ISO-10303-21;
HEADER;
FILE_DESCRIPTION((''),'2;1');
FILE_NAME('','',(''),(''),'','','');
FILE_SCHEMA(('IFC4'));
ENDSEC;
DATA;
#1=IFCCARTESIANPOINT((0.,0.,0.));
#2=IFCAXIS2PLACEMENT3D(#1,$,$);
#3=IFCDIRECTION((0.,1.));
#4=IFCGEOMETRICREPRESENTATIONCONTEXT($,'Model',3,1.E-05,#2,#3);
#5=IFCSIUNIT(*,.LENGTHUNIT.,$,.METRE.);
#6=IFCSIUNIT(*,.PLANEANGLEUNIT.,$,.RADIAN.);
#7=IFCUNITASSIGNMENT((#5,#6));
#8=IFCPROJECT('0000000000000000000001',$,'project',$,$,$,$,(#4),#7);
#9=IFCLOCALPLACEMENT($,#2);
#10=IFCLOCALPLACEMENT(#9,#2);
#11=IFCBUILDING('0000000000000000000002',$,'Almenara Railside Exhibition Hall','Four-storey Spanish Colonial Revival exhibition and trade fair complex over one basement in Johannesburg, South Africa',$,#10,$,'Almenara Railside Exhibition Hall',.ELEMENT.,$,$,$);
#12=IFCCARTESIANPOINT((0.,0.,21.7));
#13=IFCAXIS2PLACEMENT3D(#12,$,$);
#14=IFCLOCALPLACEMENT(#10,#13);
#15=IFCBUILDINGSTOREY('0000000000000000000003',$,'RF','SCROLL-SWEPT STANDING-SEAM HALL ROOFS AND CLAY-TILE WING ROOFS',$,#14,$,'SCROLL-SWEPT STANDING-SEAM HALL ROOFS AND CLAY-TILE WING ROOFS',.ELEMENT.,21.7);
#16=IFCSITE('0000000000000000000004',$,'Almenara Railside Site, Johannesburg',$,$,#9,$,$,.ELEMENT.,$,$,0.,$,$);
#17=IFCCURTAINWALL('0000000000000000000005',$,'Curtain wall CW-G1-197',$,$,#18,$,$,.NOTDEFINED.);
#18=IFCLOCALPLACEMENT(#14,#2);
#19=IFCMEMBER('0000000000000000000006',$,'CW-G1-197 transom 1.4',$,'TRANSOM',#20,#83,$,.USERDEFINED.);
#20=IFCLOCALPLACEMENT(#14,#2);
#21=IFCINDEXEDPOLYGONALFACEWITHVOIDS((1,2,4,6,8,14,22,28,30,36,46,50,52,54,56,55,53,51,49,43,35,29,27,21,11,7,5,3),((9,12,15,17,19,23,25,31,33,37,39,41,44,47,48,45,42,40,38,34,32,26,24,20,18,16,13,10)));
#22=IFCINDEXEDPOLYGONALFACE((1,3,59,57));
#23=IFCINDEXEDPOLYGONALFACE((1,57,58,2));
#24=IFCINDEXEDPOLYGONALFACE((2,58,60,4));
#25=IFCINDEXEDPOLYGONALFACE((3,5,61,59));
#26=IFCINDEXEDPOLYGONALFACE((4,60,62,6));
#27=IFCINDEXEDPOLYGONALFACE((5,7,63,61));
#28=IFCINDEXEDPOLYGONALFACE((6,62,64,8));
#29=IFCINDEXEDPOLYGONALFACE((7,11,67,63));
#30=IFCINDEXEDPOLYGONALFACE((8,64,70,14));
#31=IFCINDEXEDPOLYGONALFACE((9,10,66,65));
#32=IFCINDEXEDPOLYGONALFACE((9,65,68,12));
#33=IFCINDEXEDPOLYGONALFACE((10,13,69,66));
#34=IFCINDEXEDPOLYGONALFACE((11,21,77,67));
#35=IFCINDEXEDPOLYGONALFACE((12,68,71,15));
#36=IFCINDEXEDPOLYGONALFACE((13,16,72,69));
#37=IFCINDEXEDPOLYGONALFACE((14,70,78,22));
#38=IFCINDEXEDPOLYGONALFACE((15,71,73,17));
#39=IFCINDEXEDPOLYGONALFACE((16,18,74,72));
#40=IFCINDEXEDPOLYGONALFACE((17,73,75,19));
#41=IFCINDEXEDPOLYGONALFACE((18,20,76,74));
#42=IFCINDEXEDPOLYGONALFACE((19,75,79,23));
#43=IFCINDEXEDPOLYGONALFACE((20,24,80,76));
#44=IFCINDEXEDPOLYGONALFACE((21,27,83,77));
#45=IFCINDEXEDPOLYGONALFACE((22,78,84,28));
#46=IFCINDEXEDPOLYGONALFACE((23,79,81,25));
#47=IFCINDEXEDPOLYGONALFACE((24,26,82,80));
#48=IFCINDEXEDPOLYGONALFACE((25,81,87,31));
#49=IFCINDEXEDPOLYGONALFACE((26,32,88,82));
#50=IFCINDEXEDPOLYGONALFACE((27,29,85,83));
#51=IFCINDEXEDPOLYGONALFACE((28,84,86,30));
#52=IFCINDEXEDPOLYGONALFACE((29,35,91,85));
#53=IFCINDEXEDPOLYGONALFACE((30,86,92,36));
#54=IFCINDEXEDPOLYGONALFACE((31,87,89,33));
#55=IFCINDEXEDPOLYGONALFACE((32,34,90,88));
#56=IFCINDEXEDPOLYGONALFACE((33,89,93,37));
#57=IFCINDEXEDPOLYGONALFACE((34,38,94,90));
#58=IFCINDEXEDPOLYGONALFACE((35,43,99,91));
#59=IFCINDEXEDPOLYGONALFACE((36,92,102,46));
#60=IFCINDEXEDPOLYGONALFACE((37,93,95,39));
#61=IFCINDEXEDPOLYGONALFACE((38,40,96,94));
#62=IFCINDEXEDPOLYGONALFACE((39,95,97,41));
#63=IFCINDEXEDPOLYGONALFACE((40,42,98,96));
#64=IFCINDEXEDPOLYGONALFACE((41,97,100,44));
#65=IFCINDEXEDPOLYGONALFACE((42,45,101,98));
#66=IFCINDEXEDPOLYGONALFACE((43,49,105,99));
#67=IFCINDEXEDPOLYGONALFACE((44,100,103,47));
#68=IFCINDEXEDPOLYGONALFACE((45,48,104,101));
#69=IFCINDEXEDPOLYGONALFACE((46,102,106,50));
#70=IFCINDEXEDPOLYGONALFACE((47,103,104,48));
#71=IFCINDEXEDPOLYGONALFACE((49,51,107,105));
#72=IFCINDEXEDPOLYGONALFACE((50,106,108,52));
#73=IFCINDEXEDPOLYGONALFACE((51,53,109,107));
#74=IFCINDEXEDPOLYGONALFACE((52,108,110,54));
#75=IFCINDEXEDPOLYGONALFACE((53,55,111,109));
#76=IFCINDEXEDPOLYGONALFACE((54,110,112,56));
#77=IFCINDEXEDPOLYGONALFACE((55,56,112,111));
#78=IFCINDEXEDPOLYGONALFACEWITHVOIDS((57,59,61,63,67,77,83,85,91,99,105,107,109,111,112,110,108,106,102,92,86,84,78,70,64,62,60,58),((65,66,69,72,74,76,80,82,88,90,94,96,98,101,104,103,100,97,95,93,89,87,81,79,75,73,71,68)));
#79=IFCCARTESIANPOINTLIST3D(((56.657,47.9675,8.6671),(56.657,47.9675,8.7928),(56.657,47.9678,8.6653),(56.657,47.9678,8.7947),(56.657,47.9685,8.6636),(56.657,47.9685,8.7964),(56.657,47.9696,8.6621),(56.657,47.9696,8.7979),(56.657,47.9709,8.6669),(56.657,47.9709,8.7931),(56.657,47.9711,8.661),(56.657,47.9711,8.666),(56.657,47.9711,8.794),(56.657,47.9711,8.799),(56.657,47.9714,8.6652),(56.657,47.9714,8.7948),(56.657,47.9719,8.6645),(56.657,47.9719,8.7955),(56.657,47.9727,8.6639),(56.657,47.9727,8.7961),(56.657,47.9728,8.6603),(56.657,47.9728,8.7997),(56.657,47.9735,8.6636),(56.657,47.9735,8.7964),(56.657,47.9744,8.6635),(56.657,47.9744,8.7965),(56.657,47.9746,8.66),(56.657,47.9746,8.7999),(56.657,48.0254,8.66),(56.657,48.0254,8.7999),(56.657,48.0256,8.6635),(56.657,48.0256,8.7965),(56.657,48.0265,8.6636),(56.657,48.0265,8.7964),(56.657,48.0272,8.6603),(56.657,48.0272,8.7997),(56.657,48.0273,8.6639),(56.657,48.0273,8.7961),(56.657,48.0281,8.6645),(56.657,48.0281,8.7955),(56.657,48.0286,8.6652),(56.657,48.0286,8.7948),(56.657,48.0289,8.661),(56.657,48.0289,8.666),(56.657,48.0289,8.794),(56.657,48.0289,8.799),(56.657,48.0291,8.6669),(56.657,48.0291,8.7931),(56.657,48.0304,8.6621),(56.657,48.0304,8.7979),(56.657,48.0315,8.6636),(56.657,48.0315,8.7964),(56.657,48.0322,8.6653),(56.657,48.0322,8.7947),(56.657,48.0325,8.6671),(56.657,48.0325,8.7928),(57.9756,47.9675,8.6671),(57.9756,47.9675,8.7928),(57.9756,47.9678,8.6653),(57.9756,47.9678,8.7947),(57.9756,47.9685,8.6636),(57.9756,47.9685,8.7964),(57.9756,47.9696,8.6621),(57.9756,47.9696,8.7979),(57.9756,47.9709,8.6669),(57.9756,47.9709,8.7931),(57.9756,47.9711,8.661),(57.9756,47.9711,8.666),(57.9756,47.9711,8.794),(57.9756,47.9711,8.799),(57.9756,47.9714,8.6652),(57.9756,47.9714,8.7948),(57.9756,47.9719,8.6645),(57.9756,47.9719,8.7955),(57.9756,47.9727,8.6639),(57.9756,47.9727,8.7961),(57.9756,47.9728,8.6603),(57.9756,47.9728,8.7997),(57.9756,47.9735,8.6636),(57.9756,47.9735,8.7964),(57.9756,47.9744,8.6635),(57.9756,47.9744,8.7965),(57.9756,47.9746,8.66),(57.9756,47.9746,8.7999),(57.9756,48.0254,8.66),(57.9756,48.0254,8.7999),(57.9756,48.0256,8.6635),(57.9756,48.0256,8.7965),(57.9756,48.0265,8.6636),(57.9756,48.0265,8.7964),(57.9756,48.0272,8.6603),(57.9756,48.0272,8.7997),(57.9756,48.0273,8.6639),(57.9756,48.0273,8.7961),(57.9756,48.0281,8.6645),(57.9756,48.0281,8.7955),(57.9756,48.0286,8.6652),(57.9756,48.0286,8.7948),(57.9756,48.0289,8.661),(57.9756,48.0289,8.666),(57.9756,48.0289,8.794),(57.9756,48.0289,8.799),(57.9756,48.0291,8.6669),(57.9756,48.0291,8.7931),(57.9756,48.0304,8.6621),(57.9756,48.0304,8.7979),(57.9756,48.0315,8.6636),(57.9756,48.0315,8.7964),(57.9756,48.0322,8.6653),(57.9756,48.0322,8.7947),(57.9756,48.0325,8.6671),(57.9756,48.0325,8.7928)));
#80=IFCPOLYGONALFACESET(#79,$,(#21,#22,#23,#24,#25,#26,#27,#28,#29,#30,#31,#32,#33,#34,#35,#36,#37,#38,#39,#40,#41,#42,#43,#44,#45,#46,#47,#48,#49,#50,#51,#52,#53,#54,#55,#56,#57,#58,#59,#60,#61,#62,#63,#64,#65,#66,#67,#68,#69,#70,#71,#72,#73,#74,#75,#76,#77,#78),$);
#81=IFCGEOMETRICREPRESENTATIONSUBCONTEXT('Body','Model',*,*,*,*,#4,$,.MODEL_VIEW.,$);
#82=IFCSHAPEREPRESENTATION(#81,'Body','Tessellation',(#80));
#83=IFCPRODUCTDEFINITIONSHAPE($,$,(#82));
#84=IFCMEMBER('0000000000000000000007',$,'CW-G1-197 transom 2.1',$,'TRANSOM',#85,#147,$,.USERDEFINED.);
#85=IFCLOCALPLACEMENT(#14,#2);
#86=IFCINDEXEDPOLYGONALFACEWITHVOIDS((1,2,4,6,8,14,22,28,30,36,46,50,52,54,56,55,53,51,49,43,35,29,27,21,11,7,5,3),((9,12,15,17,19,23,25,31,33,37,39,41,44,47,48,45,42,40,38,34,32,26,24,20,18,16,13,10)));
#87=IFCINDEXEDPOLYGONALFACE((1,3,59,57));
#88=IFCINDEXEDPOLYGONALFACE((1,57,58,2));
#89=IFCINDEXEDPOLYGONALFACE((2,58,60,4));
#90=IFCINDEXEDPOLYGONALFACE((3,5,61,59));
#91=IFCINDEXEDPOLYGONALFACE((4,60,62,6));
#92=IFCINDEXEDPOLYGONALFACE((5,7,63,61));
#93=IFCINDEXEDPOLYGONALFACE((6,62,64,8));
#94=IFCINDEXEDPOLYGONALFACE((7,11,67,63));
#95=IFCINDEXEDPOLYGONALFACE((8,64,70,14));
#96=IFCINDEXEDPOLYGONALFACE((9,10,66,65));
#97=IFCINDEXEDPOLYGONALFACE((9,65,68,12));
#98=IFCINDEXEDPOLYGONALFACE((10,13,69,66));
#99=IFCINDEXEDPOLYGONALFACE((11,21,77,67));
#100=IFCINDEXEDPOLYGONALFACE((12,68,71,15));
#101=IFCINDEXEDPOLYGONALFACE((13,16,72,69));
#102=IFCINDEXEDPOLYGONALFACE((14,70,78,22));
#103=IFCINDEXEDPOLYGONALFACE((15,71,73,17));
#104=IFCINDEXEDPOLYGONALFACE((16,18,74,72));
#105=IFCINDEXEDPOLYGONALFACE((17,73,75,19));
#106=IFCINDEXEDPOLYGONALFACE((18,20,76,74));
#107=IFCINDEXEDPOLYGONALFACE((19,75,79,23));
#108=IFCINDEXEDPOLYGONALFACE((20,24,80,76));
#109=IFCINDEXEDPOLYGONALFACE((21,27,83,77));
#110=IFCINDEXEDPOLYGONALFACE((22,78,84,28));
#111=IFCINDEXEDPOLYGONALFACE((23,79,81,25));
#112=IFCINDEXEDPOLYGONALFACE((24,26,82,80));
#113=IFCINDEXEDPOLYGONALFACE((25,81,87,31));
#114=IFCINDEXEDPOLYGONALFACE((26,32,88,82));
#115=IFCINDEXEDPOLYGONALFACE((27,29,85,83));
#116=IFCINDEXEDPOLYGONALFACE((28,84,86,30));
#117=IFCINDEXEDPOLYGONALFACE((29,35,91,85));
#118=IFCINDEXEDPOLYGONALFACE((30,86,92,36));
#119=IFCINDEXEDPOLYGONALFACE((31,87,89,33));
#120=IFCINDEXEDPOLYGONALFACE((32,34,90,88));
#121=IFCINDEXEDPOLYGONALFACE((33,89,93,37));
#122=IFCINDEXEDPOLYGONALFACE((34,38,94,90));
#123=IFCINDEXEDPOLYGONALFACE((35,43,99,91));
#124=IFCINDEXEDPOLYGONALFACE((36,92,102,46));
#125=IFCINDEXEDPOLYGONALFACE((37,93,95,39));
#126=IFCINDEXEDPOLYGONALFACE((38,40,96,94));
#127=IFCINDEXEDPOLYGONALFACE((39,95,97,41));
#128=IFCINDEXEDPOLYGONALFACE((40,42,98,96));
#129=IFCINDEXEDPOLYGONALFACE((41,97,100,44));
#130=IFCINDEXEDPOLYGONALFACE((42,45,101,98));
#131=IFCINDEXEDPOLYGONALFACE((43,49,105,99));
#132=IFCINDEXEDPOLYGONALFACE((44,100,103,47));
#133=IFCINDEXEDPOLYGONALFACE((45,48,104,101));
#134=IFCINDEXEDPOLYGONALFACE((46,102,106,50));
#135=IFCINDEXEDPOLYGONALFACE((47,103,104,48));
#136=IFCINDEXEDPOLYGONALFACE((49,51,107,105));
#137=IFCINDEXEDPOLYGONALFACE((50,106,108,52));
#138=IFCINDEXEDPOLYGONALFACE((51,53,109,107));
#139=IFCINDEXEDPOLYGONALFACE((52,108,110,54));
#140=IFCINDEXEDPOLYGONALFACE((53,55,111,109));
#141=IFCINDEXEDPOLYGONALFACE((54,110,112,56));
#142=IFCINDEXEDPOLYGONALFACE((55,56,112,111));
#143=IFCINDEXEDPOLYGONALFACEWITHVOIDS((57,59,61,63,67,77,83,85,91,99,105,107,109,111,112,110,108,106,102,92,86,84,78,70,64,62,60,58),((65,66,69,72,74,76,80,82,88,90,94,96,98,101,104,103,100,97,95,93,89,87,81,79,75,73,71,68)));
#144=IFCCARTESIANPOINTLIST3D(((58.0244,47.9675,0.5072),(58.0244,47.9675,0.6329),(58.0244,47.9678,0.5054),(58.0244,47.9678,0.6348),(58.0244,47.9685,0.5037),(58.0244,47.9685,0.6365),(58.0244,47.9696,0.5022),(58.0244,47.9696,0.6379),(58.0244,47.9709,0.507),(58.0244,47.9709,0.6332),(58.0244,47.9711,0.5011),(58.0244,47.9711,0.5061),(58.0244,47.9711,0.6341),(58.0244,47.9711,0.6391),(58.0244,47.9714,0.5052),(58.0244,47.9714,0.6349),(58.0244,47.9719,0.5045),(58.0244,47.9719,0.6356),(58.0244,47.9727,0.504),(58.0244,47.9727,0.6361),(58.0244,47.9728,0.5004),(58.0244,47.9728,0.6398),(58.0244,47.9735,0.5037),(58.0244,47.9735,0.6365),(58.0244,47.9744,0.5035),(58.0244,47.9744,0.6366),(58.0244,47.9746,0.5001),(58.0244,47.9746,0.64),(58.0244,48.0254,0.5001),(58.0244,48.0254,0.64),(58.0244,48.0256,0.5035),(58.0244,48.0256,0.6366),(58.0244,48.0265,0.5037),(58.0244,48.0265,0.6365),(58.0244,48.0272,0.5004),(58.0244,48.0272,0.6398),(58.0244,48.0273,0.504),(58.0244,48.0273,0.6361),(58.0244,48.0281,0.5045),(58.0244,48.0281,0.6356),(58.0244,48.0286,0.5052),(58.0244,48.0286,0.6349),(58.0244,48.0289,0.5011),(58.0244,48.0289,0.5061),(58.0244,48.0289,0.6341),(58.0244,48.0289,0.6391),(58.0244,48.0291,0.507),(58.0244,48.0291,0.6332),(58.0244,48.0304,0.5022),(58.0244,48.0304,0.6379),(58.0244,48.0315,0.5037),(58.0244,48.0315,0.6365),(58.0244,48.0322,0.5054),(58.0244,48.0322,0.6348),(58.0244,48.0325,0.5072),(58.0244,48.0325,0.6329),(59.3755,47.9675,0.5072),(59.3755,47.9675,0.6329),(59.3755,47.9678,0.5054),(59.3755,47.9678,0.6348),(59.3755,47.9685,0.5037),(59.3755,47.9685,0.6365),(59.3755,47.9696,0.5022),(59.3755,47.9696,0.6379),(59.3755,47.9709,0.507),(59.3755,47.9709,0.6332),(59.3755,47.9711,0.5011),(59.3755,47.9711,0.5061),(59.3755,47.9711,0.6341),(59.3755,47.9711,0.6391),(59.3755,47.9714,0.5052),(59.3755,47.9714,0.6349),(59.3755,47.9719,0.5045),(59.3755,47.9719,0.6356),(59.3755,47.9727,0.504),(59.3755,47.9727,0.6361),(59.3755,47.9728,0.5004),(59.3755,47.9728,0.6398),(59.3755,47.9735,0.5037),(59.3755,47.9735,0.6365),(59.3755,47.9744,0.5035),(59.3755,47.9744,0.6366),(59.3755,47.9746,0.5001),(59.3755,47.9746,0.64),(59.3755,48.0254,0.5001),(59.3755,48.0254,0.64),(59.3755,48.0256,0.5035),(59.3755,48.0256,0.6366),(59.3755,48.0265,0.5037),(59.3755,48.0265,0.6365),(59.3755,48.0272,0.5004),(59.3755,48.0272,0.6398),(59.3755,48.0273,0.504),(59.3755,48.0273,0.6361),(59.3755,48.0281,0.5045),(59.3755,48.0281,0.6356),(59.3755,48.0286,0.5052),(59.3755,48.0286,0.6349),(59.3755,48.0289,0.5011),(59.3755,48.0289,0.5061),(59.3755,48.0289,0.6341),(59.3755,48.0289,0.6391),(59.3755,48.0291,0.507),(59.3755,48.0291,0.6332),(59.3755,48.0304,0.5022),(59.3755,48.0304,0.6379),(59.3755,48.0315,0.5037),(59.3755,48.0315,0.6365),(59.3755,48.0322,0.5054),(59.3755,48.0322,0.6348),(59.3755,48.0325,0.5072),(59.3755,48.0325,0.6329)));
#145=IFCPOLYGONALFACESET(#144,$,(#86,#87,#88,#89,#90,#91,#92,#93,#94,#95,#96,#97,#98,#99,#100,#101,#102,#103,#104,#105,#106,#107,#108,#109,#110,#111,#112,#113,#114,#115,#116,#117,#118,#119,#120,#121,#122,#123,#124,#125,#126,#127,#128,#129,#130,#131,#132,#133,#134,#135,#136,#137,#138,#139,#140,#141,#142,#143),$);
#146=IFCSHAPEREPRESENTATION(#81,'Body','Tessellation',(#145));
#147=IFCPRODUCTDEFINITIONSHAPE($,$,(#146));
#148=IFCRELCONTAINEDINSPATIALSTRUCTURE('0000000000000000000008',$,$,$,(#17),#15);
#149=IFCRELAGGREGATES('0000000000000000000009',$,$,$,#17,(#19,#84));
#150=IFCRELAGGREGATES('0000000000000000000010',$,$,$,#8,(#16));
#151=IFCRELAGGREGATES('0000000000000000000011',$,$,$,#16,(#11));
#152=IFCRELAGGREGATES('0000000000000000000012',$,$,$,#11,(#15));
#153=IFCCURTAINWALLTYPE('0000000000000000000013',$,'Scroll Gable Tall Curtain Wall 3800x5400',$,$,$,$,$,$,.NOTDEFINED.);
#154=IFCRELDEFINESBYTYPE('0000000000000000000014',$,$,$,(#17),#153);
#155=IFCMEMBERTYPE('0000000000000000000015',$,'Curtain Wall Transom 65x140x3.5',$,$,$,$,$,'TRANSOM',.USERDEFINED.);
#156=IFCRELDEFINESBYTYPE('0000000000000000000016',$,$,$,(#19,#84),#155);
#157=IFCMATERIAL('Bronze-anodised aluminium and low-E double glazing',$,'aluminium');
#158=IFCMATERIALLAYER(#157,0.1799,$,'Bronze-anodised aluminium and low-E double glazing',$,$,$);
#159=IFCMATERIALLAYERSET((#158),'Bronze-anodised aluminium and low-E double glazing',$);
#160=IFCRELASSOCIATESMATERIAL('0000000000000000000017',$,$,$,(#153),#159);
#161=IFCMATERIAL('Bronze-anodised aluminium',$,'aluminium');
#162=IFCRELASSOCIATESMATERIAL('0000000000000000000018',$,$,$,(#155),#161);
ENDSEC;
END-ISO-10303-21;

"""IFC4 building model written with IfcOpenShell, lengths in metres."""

from ifc_helpers import new_model, si_unit, direction, frame, origin, origin_2d, place, context, subcontext, project, spatial, hollow_rectangle, extrude, material, layer, layer_set, material_profile, profile_set, type_object, element, aggregate, save


model = new_model("IFC4")

# Units and contexts
model_context = context("Model", 3, precision=1e-05, world=origin(), true_north=direction((0.0, 1.0)))
body_context = subcontext(model_context, "Body", "Model", "MODEL_VIEW")
ifc_project = project(units=[si_unit("LENGTHUNIT", "METRE"), si_unit("PLANEANGLEUNIT", "RADIAN")], contexts=[model_context])

# Site, building, storey
site_placement = place(None, origin())
site = spatial("IfcSite", under=ifc_project, at=site_placement, Name="Almenara Railside Site, Johannesburg", CompositionType="ELEMENT", RefElevation=0.0)
building_placement = place(site_placement, origin())
building = spatial("IfcBuilding", under=site, at=building_placement, Name="Almenara Railside Exhibition Hall", Description="Four-storey Spanish Colonial Revival exhibition and trade fair complex over one basement in Johannesburg, South Africa", LongName="Almenara Railside Exhibition Hall", CompositionType="ELEMENT")
storey_placement = place(building_placement, frame((0.0, 0.0, 21.7)))
storey = spatial("IfcBuildingStorey", under=building, at=storey_placement, Name="RF", Description="SCROLL-SWEPT STANDING-SEAM HALL ROOFS AND CLAY-TILE WING ROOFS", LongName="SCROLL-SWEPT STANDING-SEAM HALL ROOFS AND CLAY-TILE WING ROOFS", CompositionType="ELEMENT", Elevation=21.7)

# Curtain wall, members
ifc_material_1 = material(Name="Bronze-anodised aluminium and low-E double glazing", Category="aluminium")
ifc_layer_1 = layer(ifc_material_1, 0.1799, Name="Bronze-anodised aluminium and low-E double glazing")
ifc_layer_set_1 = layer_set([ifc_layer_1], Name="Bronze-anodised aluminium and low-E double glazing")
curtain_wall_type = type_object("IfcCurtainWallType", Name="Scroll Gable Tall Curtain Wall 3800x5400", PredefinedType="NOTDEFINED", material=ifc_layer_set_1)
curtain_wall_placement = place(storey_placement, origin())
curtain_wall = element("IfcCurtainWall", 1, at=curtain_wall_placement, inside=storey, type_object=curtain_wall_type, Name="Curtain wall CW-G1-197", PredefinedType="NOTDEFINED")
ifc_material_2 = material(Name="Bronze-anodised aluminium", Category="aluminium")
ifc_material_profile_1 = material_profile(ifc_material_2, hollow_rectangle(XDim=0.0649, YDim=0.1399, WallThickness=0.0034, InnerFilletRadius=0.0034, OuterFilletRadius=0.0071, at=origin_2d()), Name="ALU-TRN 65x140x3.5")
ifc_profile_set_1 = profile_set([ifc_material_profile_1], Name="Bronze-anodised aluminium")
member_type_1 = type_object("IfcMemberType", Name="Curtain Wall Transom 65x140x3.5", ElementType="TRANSOM", PredefinedType="USERDEFINED", material=ifc_profile_set_1)
member_1_placement = place(storey_placement, frame((56.657, 48.0, 8.73), z_axis=(1.0, 0.0, 0.0), x_axis=(0.0, 1.0, 0.0)))
member_1 = element("IfcMember", 2, at=member_1_placement, type_object=member_type_1, Name="CW-G1-197 transom 1.4", ObjectType="TRANSOM", PredefinedType="USERDEFINED", context=body_context, shape_type="SweptSolid", body=[
    extrude(hollow_rectangle(XDim=0.0649, YDim=0.1399, WallThickness=0.0034, InnerFilletRadius=0.0034, OuterFilletRadius=0.0071, at=origin_2d()), origin(), (0.0, 0.0, 1.0), 1.3186),
])
member_2_placement = place(storey_placement, frame((58.0244, 48.0, 0.5701), z_axis=(1.0, 0.0, 0.0), x_axis=(0.0, 1.0, 0.0)))
member_2 = element("IfcMember", 3, at=member_2_placement, type_object=member_type_1, Name="CW-G1-197 transom 2.1", ObjectType="TRANSOM", PredefinedType="USERDEFINED", context=body_context, shape_type="SweptSolid", body=[
    extrude(hollow_rectangle(XDim=0.0649, YDim=0.1399, WallThickness=0.0034, InnerFilletRadius=0.0034, OuterFilletRadius=0.0071, at=origin_2d()), origin(), (0.0, 0.0, 1.0), 1.3511),
])

aggregate(curtain_wall, [member_1, member_2])

save(model, "model.ifc")
